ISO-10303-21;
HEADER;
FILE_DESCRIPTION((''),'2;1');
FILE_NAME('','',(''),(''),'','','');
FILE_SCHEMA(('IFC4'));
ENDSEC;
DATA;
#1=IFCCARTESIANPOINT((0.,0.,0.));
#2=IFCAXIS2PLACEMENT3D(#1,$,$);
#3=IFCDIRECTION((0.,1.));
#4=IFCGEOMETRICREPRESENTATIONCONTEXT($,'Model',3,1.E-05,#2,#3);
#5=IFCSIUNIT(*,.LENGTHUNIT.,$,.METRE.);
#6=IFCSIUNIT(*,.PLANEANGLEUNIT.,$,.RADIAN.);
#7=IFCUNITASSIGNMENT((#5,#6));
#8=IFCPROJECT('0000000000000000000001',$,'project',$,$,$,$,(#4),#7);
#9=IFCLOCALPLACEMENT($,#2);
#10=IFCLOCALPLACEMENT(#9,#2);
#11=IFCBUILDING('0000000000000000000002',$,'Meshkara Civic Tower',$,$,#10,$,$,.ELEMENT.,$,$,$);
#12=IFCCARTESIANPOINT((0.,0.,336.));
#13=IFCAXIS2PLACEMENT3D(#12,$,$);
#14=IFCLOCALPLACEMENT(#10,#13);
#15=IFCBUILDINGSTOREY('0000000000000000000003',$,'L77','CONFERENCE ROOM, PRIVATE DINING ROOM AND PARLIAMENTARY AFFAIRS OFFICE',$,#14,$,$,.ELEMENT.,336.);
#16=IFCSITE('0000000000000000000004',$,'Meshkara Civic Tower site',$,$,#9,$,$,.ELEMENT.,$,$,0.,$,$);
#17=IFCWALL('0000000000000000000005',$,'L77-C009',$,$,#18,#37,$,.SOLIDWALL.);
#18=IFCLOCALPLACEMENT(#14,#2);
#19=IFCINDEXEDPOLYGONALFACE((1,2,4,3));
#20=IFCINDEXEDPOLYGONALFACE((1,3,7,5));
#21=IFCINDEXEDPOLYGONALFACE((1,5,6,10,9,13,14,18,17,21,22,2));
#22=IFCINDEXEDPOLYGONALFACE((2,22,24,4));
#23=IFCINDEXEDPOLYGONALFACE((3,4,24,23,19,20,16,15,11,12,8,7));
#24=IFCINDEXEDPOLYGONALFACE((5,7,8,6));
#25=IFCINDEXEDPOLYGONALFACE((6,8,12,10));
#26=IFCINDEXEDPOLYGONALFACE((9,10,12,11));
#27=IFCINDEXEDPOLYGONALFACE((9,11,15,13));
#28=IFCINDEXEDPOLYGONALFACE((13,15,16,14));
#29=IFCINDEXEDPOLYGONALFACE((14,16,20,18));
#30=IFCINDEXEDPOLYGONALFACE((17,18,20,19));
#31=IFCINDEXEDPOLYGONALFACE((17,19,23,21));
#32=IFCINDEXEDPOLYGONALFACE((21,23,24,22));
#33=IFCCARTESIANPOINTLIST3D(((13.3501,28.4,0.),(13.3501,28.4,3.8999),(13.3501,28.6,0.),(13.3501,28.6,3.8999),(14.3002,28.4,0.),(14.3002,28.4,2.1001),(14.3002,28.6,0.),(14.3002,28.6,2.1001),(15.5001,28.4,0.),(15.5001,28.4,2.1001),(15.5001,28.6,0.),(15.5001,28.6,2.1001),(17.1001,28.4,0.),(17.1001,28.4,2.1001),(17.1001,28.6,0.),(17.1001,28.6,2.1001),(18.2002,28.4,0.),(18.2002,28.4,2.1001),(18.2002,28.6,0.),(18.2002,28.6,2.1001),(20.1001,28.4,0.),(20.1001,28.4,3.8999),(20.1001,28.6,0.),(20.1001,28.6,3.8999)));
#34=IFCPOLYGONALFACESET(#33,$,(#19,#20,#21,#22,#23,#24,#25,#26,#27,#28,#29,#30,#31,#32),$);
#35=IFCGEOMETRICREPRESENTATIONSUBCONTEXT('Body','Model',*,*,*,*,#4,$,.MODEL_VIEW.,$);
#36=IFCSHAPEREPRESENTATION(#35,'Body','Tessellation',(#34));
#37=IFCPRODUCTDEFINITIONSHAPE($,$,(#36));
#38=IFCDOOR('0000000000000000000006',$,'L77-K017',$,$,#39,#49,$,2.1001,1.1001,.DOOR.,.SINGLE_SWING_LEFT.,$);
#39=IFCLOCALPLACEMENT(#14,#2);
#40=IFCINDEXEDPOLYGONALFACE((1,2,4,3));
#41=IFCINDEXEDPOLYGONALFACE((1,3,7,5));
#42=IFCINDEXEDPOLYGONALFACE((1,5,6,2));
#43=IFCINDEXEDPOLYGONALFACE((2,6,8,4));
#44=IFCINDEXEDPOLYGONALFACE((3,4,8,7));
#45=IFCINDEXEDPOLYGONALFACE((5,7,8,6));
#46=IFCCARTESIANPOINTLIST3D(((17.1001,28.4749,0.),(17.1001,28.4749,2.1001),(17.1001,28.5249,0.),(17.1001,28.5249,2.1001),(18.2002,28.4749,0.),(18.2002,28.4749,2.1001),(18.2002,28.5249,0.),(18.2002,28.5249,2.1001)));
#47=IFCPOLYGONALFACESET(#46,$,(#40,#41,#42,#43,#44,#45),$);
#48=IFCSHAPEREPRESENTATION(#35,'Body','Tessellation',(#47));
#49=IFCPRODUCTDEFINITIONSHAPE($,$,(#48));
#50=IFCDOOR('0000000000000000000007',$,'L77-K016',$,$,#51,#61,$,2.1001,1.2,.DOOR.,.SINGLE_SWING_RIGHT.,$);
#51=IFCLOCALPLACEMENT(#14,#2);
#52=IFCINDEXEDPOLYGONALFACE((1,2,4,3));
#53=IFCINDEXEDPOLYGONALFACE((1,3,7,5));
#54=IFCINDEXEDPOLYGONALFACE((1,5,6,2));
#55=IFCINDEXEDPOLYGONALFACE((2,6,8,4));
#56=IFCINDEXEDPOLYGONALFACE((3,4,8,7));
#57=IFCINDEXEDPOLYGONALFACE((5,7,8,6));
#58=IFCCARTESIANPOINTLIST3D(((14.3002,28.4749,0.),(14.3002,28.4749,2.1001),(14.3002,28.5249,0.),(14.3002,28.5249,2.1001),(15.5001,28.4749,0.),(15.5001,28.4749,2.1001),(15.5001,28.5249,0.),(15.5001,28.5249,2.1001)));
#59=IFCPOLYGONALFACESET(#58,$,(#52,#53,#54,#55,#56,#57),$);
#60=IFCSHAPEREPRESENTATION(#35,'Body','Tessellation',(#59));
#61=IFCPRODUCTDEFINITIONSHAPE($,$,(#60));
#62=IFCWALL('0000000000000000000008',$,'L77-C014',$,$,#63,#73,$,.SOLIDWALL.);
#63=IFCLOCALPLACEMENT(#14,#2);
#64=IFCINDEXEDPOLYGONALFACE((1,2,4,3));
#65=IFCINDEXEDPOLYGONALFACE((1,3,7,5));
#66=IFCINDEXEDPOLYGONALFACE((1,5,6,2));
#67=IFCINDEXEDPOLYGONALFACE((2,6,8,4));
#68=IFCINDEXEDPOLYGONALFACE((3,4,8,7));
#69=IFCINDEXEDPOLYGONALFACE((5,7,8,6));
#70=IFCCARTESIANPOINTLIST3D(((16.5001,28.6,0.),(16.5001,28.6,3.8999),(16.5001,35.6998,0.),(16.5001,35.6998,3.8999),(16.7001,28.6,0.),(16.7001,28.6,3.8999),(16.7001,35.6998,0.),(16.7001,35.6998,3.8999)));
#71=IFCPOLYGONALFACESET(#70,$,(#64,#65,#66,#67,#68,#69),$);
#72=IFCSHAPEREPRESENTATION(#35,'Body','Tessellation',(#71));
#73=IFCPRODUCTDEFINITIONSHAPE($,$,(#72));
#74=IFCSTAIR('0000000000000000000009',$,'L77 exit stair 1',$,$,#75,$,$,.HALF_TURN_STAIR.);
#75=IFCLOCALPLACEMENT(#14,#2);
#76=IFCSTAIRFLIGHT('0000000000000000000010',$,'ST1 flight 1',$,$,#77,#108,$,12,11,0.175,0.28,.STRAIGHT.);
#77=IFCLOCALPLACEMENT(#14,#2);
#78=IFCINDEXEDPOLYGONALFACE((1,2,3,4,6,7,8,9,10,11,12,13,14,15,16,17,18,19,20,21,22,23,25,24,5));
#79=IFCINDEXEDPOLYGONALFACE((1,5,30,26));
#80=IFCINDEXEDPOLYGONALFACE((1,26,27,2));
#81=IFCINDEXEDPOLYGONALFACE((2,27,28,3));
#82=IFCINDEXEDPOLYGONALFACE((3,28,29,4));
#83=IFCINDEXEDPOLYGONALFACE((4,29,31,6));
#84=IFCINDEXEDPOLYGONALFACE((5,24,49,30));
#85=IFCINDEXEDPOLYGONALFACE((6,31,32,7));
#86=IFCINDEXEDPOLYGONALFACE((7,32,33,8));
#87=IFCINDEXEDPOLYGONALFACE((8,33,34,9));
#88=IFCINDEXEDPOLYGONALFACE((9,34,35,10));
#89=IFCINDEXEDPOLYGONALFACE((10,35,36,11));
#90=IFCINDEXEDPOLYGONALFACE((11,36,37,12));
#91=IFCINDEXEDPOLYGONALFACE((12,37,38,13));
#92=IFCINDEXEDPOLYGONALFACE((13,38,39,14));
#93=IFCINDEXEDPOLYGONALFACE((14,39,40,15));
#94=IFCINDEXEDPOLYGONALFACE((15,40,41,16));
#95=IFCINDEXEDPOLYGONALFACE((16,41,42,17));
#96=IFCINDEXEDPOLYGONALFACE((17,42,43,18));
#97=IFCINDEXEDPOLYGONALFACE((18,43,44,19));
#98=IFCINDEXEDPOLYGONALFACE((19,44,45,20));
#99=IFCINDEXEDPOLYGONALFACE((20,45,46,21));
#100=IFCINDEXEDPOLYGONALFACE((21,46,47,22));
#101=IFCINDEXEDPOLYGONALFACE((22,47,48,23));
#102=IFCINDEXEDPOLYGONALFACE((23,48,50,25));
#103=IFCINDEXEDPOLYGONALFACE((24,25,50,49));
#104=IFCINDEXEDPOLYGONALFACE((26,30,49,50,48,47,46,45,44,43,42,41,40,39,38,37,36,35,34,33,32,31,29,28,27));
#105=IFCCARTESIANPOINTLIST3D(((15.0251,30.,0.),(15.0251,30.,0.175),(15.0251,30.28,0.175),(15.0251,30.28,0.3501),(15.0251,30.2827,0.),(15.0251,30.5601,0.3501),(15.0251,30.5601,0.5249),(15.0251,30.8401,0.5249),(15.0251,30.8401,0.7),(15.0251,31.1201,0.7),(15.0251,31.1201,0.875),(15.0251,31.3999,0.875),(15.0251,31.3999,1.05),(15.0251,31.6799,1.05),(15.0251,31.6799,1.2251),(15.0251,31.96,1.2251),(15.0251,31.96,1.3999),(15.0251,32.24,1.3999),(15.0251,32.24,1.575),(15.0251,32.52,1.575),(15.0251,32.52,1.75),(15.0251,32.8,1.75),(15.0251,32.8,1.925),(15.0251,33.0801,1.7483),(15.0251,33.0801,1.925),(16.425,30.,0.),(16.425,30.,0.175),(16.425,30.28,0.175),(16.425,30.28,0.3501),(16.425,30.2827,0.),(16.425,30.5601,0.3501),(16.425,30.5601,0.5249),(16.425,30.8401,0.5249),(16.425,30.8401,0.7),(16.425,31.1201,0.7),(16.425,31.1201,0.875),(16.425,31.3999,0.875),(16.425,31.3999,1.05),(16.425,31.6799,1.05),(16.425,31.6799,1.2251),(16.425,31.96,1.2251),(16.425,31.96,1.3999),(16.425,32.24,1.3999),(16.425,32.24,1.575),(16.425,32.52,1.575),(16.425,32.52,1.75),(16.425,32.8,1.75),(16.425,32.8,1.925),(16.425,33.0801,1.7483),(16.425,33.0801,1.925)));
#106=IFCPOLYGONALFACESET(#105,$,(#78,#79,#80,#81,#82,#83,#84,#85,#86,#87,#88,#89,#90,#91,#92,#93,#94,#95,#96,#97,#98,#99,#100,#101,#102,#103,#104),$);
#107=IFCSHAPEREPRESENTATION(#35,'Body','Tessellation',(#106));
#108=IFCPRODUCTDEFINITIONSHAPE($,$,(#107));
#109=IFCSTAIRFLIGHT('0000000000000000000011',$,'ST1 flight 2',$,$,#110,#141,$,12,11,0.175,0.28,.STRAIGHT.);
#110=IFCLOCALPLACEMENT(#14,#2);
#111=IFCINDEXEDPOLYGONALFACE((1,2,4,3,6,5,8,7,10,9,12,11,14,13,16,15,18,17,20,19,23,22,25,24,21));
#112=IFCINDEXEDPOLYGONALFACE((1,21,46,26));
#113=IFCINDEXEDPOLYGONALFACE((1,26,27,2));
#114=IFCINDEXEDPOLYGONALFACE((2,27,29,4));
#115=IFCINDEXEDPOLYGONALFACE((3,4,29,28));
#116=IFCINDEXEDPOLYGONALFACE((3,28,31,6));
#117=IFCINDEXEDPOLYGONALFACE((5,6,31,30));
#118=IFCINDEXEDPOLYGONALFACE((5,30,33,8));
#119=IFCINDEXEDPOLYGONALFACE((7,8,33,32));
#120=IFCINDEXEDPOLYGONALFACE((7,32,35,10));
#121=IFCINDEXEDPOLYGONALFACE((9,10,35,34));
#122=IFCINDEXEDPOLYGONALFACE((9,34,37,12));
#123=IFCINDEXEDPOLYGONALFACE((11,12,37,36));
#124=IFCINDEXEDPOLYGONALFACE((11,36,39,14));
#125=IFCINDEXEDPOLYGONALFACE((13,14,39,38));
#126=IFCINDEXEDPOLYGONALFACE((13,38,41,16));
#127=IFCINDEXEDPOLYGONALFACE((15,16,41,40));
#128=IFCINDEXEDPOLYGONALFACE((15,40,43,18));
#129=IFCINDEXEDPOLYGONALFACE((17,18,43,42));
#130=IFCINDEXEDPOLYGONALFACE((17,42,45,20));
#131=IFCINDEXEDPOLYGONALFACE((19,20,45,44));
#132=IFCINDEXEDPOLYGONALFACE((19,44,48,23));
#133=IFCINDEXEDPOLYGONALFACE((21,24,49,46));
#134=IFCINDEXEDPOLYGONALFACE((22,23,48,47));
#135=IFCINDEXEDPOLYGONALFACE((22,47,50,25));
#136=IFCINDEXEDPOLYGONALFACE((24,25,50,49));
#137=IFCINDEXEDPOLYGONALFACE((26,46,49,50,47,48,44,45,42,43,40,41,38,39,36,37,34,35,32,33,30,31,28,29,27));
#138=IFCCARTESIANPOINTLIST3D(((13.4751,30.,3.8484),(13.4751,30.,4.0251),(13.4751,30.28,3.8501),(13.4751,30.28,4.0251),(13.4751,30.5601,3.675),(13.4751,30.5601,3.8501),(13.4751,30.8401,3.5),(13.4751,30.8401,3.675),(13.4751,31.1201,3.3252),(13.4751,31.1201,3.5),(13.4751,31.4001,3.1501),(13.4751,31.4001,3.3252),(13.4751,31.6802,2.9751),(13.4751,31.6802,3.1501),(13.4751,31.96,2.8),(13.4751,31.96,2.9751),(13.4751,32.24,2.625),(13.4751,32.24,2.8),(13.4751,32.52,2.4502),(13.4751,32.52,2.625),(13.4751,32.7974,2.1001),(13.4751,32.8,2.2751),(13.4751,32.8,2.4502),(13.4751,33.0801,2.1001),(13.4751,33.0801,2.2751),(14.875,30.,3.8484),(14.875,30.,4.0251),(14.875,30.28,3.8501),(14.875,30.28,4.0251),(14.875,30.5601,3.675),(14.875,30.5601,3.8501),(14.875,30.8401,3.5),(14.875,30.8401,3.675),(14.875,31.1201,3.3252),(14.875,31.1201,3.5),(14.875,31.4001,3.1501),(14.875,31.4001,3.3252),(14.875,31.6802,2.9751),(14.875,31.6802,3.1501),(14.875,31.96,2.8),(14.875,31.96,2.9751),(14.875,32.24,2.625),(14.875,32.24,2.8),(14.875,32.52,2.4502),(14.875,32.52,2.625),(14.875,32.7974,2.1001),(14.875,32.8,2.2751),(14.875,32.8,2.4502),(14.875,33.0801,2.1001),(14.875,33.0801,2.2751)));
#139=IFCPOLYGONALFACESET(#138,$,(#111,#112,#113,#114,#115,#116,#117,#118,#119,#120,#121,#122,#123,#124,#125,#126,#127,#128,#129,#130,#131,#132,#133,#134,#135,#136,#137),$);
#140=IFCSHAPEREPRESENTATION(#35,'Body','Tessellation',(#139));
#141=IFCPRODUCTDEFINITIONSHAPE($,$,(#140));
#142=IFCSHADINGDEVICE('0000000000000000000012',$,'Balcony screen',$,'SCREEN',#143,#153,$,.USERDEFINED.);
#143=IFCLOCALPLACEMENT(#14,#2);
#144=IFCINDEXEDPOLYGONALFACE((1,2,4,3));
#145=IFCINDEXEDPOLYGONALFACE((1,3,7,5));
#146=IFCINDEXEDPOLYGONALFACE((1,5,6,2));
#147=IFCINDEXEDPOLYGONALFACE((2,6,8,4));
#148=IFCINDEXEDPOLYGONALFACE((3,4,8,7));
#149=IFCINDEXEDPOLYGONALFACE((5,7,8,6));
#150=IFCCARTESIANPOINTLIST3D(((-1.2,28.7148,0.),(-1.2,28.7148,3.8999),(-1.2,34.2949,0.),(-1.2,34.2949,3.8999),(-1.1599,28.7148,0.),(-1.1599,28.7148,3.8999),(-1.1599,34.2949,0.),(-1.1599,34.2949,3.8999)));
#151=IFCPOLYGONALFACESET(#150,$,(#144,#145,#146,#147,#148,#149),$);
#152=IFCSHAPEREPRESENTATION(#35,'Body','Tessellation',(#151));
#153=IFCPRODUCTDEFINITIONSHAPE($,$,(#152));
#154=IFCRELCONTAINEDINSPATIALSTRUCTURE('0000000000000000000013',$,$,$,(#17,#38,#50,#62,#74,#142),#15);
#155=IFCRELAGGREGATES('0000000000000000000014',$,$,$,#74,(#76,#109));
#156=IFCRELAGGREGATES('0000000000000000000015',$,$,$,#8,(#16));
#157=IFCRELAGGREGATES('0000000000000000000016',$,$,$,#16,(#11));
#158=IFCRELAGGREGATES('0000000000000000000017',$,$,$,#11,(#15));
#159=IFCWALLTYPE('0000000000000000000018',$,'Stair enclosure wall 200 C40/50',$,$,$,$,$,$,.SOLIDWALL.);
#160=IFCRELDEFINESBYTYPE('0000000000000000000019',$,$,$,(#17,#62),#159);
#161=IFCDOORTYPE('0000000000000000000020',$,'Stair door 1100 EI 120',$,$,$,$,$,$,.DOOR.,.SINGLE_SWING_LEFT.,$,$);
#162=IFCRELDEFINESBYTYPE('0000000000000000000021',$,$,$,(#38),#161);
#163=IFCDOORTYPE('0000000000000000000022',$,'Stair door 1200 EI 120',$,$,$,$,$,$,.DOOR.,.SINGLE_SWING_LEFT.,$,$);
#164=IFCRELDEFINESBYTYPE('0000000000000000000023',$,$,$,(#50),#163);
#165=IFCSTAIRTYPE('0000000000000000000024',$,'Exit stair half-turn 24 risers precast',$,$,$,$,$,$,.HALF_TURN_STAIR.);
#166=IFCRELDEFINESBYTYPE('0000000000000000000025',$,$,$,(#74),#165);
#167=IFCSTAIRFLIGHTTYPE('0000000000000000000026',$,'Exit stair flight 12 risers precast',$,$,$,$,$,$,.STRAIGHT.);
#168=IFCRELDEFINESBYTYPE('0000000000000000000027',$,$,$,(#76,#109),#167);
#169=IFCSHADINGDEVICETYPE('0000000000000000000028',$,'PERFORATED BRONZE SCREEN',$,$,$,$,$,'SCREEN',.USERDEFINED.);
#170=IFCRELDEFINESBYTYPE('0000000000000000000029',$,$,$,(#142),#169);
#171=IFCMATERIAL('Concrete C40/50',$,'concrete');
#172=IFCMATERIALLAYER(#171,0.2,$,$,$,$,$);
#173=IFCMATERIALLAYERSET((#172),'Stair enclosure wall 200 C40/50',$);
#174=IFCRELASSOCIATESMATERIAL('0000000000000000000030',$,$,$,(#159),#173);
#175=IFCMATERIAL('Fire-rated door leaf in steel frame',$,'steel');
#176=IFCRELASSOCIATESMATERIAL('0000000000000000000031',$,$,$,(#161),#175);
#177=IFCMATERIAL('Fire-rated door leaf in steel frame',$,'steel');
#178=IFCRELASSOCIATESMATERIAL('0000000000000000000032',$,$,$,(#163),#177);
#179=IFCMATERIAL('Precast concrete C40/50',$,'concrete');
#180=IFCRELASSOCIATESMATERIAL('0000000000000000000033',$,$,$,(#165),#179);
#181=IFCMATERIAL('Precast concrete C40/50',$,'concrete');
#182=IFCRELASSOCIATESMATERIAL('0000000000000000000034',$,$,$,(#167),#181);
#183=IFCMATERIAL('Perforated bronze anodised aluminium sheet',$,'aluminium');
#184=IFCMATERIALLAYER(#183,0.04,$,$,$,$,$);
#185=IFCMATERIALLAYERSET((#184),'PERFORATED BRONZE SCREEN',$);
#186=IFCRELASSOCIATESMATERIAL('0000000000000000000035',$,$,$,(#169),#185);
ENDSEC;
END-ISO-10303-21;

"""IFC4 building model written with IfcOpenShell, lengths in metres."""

from ifc_helpers import new_model, si_unit, direction, frame, frame_2d, origin, origin_2d, place, context, subcontext, project, spatial, polyline, rectangle, outline, extrude, material, layer, layer_set, type_object, element, fill, aggregate, save


model = new_model("IFC4")

# Units and contexts
model_context = context("Model", 3, precision=1e-05, world=origin(), true_north=direction((0.0, 1.0)))
body_context = subcontext(model_context, "Body", "Model", "MODEL_VIEW")
ifc_project = project(units=[si_unit("LENGTHUNIT", "METRE"), si_unit("PLANEANGLEUNIT", "RADIAN")], contexts=[model_context])

# Site, building, storey
site_placement = place(None, origin())
site = spatial("IfcSite", under=ifc_project, at=site_placement, Name="Meshkara Civic Tower site", CompositionType="ELEMENT", RefElevation=0.0)
building_placement = place(site_placement, origin())
building = spatial("IfcBuilding", under=site, at=building_placement, Name="Meshkara Civic Tower", CompositionType="ELEMENT")
storey_placement = place(building_placement, frame((0.0, 0.0, 336.0)))
storey = spatial("IfcBuildingStorey", under=building, at=storey_placement, Name="L77", Description="CONFERENCE ROOM, PRIVATE DINING ROOM AND PARLIAMENTARY AFFAIRS OFFICE", CompositionType="ELEMENT", Elevation=336.0)

# Wall, openings, doors
ifc_material_1 = material(Name="Concrete C40/50", Category="concrete")
ifc_layer_1 = layer(ifc_material_1, 0.2)
ifc_layer_set_1 = layer_set([ifc_layer_1], Name="Stair enclosure wall 200 C40/50")
wall_type_1 = type_object("IfcWallType", Name="Stair enclosure wall 200 C40/50", PredefinedType="SOLIDWALL", material=ifc_layer_set_1)
wall_1_placement = place(storey_placement, frame((13.3501, 28.5, 0.0), z_axis=(0.0, 0.0, 1.0), x_axis=(1.0, 0.0, 0.0)))
wall_1 = element("IfcWall", 1, at=wall_1_placement, inside=storey, type_object=wall_type_1, Name="L77-C009", PredefinedType="SOLIDWALL", context=body_context, shape_type="SweptSolid", body=[
    extrude(rectangle(XDim=6.75, YDim=0.2, at=frame_2d((3.375, 0.0))), origin(), (0.0, 0.0, 1.0), 3.8999),
])
opening_1_placement = place(wall_1_placement, frame((0.95, 0.0, 0.0)))
opening_1 = element("IfcOpeningElement", 2, at=opening_1_placement, cuts=wall_1, PredefinedType="OPENING", context=body_context, shape_type="SweptSolid", body=[
    extrude(rectangle(XDim=1.2, YDim=2.1001, at=frame_2d((0.6001, 1.05))), frame((0.0, 0.1099, 0.0), z_axis=(0.0, -1.0, 0.0), x_axis=(1.0, 0.0, 0.0)), (0.0, 0.0, 1.0), 0.22),
])
opening_2_placement = place(wall_1_placement, frame((3.75, 0.0, 0.0)))
opening_2 = element("IfcOpeningElement", 3, at=opening_2_placement, cuts=wall_1, PredefinedType="OPENING", context=body_context, shape_type="SweptSolid", body=[
    extrude(rectangle(XDim=1.1001, YDim=2.1001, at=frame_2d((0.55, 1.05))), frame((0.0, 0.1099, 0.0), z_axis=(0.0, -1.0, 0.0), x_axis=(1.0, 0.0, 0.0)), (0.0, 0.0, 1.0), 0.22),
])
ifc_material_2 = material(Name="Fire-rated door leaf in steel frame", Category="steel")
door_type_1 = type_object("IfcDoorType", Name="Stair door 1100 EI 120", OperationType="SINGLE_SWING_LEFT", PredefinedType="DOOR", material=ifc_material_2)
door_1_placement = place(opening_2_placement, origin())
door_1 = element("IfcDoor", 4, at=door_1_placement, inside=storey, type_object=door_type_1, Name="L77-K017", OperationType="SINGLE_SWING_LEFT", OverallHeight=2.1001, OverallWidth=1.1001, PredefinedType="DOOR", context=body_context, shape_type="SweptSolid", body=[
    extrude(rectangle(XDim=1.1001, YDim=2.1001, at=frame_2d((0.55, 1.05))), frame((0.0, 0.0249, 0.0), z_axis=(0.0, -1.0, 0.0), x_axis=(1.0, 0.0, 0.0)), (0.0, 0.0, 1.0), 0.05),
])
fill(opening_2, door_1)
ifc_material_3 = material(Name="Fire-rated door leaf in steel frame", Category="steel")
door_type_2 = type_object("IfcDoorType", Name="Stair door 1200 EI 120", OperationType="SINGLE_SWING_LEFT", PredefinedType="DOOR", material=ifc_material_3)
door_2_placement = place(opening_1_placement, origin())
door_2 = element("IfcDoor", 5, at=door_2_placement, inside=storey, type_object=door_type_2, Name="L77-K016", OperationType="SINGLE_SWING_RIGHT", OverallHeight=2.1001, OverallWidth=1.2, PredefinedType="DOOR", context=body_context, shape_type="SweptSolid", body=[
    extrude(rectangle(XDim=1.2, YDim=2.1001, at=frame_2d((0.6001, 1.05))), frame((0.0, 0.0249, 0.0), z_axis=(0.0, -1.0, 0.0), x_axis=(1.0, 0.0, 0.0)), (0.0, 0.0, 1.0), 0.05),
])
fill(opening_1, door_2)

# Wall
wall_2_placement = place(storey_placement, frame((16.6001, 28.6001, 0.0), z_axis=(0.0, 0.0, 1.0), x_axis=(0.0, 1.0, 0.0)))
element("IfcWall", 6, at=wall_2_placement, inside=storey, type_object=wall_type_1, Name="L77-C014", PredefinedType="SOLIDWALL", context=body_context, shape_type="SweptSolid", body=[
    extrude(rectangle(XDim=7.0999, YDim=0.2, at=frame_2d((3.5498, 0.0))), origin(), (0.0, 0.0, 1.0), 3.8999),
])

# Stair, stair flights
ifc_material_4 = material(Name="Precast concrete C40/50", Category="concrete")
stair_type = type_object("IfcStairType", Name="Exit stair half-turn 24 risers precast", PredefinedType="HALF_TURN_STAIR", material=ifc_material_4)
stair_placement = place(storey_placement, origin())
stair = element("IfcStair", 7, at=stair_placement, inside=storey, type_object=stair_type, Name="L77 exit stair 1", PredefinedType="HALF_TURN_STAIR")
ifc_material_5 = material(Name="Precast concrete C40/50", Category="concrete")
stair_flight_type = type_object("IfcStairFlightType", Name="Exit stair flight 12 risers precast", PredefinedType="STRAIGHT", material=ifc_material_5)
stair_flight_1_placement = place(storey_placement, frame((15.7251, 30.0, 0.0), z_axis=(0.0, 0.0, 1.0), x_axis=(0.0, 1.0, 0.0)))
stair_flight_1 = element("IfcStairFlight", 8, at=stair_flight_1_placement, type_object=stair_flight_type, Name="ST1 flight 1", NumberOfRisers=12, NumberOfTreads=11, PredefinedType="STRAIGHT", RiserHeight=0.175, TreadLength=0.28, context=body_context, shape_type="SweptSolid", body=[
    extrude(outline(polyline([(0.0, 0.0), (0.0, 0.175), (0.28, 0.175), (0.28, 0.3501), (0.5601, 0.3501), (0.5601, 0.5249), (0.8401, 0.5249), (0.8401, 0.7), (1.1201, 0.7), (1.1201, 0.875), (1.3999, 0.875), (1.3999, 1.05), (1.6799, 1.05), (1.6799, 1.2251), (1.96, 1.2251), (1.96, 1.3999), (2.24, 1.3999), (2.24, 1.575), (2.52, 1.575), (2.52, 1.75), (2.8, 1.75), (2.8, 1.925), (3.0801, 1.925), (3.0801, 2.1001), (3.0801, 1.7483), (0.2827, 0.0), (0.0, 0.0)])), frame((0.0, 0.7, 0.0), z_axis=(0.0, -1.0, 0.0), x_axis=(1.0, 0.0, 0.0)), (0.0, 0.0, 1.0), 1.3999),
])
stair_flight_2_placement = place(storey_placement, frame((14.175, 33.0801, 2.1001), z_axis=(0.0, 0.0, 1.0), x_axis=(0.0, -1.0, 0.0)))
stair_flight_2 = element("IfcStairFlight", 9, at=stair_flight_2_placement, type_object=stair_flight_type, Name="ST1 flight 2", NumberOfRisers=12, NumberOfTreads=11, PredefinedType="STRAIGHT", RiserHeight=0.175, TreadLength=0.28, context=body_context, shape_type="SweptSolid", body=[
    extrude(outline(polyline([(0.0, 0.0), (0.0, 0.175), (0.28, 0.175), (0.28, 0.3501), (0.5601, 0.3501), (0.5601, 0.5249), (0.8401, 0.5249), (0.8401, 0.7), (1.1201, 0.7), (1.1201, 0.875), (1.3999, 0.875), (1.3999, 1.05), (1.6799, 1.05), (1.6799, 1.2251), (1.96, 1.2251), (1.96, 1.3999), (2.24, 1.3999), (2.24, 1.575), (2.52, 1.575), (2.52, 1.75), (2.8, 1.75), (2.8, 1.925), (3.0801, 1.925), (3.0801, 2.1001), (3.0801, 1.7483), (0.2827, 0.0), (0.0, 0.0)])), frame((0.0, 0.7, 0.0), z_axis=(0.0, -1.0, 0.0), x_axis=(1.0, 0.0, 0.0)), (0.0, 0.0, 1.0), 1.3999),
])
aggregate(stair, [stair_flight_1, stair_flight_2])

# Shading device
ifc_material_6 = material(Name="Perforated bronze anodised aluminium sheet", Category="aluminium")
ifc_layer_2 = layer(ifc_material_6, 0.04)
ifc_layer_set_2 = layer_set([ifc_layer_2], Name="PERFORATED BRONZE SCREEN")
shading_device_type = type_object("IfcShadingDeviceType", Name="PERFORATED BRONZE SCREEN", ElementType="SCREEN", PredefinedType="USERDEFINED", material=ifc_layer_set_2)
shading_device_placement = place(storey_placement, frame((-1.1799, 31.5049, 0.0), z_axis=(0.0, 0.0, 1.0), x_axis=(0.0, -1.0, 0.0)))
element("IfcShadingDevice", 10, at=shading_device_placement, inside=storey, type_object=shading_device_type, Name="Balcony screen", ObjectType="SCREEN", PredefinedType="USERDEFINED", context=body_context, shape_type="SweptSolid", body=[
    extrude(rectangle(XDim=5.5801, YDim=0.04, at=origin_2d()), origin(), (0.0, 0.0, 1.0), 3.8999),
])

save(model, "model.ifc")
